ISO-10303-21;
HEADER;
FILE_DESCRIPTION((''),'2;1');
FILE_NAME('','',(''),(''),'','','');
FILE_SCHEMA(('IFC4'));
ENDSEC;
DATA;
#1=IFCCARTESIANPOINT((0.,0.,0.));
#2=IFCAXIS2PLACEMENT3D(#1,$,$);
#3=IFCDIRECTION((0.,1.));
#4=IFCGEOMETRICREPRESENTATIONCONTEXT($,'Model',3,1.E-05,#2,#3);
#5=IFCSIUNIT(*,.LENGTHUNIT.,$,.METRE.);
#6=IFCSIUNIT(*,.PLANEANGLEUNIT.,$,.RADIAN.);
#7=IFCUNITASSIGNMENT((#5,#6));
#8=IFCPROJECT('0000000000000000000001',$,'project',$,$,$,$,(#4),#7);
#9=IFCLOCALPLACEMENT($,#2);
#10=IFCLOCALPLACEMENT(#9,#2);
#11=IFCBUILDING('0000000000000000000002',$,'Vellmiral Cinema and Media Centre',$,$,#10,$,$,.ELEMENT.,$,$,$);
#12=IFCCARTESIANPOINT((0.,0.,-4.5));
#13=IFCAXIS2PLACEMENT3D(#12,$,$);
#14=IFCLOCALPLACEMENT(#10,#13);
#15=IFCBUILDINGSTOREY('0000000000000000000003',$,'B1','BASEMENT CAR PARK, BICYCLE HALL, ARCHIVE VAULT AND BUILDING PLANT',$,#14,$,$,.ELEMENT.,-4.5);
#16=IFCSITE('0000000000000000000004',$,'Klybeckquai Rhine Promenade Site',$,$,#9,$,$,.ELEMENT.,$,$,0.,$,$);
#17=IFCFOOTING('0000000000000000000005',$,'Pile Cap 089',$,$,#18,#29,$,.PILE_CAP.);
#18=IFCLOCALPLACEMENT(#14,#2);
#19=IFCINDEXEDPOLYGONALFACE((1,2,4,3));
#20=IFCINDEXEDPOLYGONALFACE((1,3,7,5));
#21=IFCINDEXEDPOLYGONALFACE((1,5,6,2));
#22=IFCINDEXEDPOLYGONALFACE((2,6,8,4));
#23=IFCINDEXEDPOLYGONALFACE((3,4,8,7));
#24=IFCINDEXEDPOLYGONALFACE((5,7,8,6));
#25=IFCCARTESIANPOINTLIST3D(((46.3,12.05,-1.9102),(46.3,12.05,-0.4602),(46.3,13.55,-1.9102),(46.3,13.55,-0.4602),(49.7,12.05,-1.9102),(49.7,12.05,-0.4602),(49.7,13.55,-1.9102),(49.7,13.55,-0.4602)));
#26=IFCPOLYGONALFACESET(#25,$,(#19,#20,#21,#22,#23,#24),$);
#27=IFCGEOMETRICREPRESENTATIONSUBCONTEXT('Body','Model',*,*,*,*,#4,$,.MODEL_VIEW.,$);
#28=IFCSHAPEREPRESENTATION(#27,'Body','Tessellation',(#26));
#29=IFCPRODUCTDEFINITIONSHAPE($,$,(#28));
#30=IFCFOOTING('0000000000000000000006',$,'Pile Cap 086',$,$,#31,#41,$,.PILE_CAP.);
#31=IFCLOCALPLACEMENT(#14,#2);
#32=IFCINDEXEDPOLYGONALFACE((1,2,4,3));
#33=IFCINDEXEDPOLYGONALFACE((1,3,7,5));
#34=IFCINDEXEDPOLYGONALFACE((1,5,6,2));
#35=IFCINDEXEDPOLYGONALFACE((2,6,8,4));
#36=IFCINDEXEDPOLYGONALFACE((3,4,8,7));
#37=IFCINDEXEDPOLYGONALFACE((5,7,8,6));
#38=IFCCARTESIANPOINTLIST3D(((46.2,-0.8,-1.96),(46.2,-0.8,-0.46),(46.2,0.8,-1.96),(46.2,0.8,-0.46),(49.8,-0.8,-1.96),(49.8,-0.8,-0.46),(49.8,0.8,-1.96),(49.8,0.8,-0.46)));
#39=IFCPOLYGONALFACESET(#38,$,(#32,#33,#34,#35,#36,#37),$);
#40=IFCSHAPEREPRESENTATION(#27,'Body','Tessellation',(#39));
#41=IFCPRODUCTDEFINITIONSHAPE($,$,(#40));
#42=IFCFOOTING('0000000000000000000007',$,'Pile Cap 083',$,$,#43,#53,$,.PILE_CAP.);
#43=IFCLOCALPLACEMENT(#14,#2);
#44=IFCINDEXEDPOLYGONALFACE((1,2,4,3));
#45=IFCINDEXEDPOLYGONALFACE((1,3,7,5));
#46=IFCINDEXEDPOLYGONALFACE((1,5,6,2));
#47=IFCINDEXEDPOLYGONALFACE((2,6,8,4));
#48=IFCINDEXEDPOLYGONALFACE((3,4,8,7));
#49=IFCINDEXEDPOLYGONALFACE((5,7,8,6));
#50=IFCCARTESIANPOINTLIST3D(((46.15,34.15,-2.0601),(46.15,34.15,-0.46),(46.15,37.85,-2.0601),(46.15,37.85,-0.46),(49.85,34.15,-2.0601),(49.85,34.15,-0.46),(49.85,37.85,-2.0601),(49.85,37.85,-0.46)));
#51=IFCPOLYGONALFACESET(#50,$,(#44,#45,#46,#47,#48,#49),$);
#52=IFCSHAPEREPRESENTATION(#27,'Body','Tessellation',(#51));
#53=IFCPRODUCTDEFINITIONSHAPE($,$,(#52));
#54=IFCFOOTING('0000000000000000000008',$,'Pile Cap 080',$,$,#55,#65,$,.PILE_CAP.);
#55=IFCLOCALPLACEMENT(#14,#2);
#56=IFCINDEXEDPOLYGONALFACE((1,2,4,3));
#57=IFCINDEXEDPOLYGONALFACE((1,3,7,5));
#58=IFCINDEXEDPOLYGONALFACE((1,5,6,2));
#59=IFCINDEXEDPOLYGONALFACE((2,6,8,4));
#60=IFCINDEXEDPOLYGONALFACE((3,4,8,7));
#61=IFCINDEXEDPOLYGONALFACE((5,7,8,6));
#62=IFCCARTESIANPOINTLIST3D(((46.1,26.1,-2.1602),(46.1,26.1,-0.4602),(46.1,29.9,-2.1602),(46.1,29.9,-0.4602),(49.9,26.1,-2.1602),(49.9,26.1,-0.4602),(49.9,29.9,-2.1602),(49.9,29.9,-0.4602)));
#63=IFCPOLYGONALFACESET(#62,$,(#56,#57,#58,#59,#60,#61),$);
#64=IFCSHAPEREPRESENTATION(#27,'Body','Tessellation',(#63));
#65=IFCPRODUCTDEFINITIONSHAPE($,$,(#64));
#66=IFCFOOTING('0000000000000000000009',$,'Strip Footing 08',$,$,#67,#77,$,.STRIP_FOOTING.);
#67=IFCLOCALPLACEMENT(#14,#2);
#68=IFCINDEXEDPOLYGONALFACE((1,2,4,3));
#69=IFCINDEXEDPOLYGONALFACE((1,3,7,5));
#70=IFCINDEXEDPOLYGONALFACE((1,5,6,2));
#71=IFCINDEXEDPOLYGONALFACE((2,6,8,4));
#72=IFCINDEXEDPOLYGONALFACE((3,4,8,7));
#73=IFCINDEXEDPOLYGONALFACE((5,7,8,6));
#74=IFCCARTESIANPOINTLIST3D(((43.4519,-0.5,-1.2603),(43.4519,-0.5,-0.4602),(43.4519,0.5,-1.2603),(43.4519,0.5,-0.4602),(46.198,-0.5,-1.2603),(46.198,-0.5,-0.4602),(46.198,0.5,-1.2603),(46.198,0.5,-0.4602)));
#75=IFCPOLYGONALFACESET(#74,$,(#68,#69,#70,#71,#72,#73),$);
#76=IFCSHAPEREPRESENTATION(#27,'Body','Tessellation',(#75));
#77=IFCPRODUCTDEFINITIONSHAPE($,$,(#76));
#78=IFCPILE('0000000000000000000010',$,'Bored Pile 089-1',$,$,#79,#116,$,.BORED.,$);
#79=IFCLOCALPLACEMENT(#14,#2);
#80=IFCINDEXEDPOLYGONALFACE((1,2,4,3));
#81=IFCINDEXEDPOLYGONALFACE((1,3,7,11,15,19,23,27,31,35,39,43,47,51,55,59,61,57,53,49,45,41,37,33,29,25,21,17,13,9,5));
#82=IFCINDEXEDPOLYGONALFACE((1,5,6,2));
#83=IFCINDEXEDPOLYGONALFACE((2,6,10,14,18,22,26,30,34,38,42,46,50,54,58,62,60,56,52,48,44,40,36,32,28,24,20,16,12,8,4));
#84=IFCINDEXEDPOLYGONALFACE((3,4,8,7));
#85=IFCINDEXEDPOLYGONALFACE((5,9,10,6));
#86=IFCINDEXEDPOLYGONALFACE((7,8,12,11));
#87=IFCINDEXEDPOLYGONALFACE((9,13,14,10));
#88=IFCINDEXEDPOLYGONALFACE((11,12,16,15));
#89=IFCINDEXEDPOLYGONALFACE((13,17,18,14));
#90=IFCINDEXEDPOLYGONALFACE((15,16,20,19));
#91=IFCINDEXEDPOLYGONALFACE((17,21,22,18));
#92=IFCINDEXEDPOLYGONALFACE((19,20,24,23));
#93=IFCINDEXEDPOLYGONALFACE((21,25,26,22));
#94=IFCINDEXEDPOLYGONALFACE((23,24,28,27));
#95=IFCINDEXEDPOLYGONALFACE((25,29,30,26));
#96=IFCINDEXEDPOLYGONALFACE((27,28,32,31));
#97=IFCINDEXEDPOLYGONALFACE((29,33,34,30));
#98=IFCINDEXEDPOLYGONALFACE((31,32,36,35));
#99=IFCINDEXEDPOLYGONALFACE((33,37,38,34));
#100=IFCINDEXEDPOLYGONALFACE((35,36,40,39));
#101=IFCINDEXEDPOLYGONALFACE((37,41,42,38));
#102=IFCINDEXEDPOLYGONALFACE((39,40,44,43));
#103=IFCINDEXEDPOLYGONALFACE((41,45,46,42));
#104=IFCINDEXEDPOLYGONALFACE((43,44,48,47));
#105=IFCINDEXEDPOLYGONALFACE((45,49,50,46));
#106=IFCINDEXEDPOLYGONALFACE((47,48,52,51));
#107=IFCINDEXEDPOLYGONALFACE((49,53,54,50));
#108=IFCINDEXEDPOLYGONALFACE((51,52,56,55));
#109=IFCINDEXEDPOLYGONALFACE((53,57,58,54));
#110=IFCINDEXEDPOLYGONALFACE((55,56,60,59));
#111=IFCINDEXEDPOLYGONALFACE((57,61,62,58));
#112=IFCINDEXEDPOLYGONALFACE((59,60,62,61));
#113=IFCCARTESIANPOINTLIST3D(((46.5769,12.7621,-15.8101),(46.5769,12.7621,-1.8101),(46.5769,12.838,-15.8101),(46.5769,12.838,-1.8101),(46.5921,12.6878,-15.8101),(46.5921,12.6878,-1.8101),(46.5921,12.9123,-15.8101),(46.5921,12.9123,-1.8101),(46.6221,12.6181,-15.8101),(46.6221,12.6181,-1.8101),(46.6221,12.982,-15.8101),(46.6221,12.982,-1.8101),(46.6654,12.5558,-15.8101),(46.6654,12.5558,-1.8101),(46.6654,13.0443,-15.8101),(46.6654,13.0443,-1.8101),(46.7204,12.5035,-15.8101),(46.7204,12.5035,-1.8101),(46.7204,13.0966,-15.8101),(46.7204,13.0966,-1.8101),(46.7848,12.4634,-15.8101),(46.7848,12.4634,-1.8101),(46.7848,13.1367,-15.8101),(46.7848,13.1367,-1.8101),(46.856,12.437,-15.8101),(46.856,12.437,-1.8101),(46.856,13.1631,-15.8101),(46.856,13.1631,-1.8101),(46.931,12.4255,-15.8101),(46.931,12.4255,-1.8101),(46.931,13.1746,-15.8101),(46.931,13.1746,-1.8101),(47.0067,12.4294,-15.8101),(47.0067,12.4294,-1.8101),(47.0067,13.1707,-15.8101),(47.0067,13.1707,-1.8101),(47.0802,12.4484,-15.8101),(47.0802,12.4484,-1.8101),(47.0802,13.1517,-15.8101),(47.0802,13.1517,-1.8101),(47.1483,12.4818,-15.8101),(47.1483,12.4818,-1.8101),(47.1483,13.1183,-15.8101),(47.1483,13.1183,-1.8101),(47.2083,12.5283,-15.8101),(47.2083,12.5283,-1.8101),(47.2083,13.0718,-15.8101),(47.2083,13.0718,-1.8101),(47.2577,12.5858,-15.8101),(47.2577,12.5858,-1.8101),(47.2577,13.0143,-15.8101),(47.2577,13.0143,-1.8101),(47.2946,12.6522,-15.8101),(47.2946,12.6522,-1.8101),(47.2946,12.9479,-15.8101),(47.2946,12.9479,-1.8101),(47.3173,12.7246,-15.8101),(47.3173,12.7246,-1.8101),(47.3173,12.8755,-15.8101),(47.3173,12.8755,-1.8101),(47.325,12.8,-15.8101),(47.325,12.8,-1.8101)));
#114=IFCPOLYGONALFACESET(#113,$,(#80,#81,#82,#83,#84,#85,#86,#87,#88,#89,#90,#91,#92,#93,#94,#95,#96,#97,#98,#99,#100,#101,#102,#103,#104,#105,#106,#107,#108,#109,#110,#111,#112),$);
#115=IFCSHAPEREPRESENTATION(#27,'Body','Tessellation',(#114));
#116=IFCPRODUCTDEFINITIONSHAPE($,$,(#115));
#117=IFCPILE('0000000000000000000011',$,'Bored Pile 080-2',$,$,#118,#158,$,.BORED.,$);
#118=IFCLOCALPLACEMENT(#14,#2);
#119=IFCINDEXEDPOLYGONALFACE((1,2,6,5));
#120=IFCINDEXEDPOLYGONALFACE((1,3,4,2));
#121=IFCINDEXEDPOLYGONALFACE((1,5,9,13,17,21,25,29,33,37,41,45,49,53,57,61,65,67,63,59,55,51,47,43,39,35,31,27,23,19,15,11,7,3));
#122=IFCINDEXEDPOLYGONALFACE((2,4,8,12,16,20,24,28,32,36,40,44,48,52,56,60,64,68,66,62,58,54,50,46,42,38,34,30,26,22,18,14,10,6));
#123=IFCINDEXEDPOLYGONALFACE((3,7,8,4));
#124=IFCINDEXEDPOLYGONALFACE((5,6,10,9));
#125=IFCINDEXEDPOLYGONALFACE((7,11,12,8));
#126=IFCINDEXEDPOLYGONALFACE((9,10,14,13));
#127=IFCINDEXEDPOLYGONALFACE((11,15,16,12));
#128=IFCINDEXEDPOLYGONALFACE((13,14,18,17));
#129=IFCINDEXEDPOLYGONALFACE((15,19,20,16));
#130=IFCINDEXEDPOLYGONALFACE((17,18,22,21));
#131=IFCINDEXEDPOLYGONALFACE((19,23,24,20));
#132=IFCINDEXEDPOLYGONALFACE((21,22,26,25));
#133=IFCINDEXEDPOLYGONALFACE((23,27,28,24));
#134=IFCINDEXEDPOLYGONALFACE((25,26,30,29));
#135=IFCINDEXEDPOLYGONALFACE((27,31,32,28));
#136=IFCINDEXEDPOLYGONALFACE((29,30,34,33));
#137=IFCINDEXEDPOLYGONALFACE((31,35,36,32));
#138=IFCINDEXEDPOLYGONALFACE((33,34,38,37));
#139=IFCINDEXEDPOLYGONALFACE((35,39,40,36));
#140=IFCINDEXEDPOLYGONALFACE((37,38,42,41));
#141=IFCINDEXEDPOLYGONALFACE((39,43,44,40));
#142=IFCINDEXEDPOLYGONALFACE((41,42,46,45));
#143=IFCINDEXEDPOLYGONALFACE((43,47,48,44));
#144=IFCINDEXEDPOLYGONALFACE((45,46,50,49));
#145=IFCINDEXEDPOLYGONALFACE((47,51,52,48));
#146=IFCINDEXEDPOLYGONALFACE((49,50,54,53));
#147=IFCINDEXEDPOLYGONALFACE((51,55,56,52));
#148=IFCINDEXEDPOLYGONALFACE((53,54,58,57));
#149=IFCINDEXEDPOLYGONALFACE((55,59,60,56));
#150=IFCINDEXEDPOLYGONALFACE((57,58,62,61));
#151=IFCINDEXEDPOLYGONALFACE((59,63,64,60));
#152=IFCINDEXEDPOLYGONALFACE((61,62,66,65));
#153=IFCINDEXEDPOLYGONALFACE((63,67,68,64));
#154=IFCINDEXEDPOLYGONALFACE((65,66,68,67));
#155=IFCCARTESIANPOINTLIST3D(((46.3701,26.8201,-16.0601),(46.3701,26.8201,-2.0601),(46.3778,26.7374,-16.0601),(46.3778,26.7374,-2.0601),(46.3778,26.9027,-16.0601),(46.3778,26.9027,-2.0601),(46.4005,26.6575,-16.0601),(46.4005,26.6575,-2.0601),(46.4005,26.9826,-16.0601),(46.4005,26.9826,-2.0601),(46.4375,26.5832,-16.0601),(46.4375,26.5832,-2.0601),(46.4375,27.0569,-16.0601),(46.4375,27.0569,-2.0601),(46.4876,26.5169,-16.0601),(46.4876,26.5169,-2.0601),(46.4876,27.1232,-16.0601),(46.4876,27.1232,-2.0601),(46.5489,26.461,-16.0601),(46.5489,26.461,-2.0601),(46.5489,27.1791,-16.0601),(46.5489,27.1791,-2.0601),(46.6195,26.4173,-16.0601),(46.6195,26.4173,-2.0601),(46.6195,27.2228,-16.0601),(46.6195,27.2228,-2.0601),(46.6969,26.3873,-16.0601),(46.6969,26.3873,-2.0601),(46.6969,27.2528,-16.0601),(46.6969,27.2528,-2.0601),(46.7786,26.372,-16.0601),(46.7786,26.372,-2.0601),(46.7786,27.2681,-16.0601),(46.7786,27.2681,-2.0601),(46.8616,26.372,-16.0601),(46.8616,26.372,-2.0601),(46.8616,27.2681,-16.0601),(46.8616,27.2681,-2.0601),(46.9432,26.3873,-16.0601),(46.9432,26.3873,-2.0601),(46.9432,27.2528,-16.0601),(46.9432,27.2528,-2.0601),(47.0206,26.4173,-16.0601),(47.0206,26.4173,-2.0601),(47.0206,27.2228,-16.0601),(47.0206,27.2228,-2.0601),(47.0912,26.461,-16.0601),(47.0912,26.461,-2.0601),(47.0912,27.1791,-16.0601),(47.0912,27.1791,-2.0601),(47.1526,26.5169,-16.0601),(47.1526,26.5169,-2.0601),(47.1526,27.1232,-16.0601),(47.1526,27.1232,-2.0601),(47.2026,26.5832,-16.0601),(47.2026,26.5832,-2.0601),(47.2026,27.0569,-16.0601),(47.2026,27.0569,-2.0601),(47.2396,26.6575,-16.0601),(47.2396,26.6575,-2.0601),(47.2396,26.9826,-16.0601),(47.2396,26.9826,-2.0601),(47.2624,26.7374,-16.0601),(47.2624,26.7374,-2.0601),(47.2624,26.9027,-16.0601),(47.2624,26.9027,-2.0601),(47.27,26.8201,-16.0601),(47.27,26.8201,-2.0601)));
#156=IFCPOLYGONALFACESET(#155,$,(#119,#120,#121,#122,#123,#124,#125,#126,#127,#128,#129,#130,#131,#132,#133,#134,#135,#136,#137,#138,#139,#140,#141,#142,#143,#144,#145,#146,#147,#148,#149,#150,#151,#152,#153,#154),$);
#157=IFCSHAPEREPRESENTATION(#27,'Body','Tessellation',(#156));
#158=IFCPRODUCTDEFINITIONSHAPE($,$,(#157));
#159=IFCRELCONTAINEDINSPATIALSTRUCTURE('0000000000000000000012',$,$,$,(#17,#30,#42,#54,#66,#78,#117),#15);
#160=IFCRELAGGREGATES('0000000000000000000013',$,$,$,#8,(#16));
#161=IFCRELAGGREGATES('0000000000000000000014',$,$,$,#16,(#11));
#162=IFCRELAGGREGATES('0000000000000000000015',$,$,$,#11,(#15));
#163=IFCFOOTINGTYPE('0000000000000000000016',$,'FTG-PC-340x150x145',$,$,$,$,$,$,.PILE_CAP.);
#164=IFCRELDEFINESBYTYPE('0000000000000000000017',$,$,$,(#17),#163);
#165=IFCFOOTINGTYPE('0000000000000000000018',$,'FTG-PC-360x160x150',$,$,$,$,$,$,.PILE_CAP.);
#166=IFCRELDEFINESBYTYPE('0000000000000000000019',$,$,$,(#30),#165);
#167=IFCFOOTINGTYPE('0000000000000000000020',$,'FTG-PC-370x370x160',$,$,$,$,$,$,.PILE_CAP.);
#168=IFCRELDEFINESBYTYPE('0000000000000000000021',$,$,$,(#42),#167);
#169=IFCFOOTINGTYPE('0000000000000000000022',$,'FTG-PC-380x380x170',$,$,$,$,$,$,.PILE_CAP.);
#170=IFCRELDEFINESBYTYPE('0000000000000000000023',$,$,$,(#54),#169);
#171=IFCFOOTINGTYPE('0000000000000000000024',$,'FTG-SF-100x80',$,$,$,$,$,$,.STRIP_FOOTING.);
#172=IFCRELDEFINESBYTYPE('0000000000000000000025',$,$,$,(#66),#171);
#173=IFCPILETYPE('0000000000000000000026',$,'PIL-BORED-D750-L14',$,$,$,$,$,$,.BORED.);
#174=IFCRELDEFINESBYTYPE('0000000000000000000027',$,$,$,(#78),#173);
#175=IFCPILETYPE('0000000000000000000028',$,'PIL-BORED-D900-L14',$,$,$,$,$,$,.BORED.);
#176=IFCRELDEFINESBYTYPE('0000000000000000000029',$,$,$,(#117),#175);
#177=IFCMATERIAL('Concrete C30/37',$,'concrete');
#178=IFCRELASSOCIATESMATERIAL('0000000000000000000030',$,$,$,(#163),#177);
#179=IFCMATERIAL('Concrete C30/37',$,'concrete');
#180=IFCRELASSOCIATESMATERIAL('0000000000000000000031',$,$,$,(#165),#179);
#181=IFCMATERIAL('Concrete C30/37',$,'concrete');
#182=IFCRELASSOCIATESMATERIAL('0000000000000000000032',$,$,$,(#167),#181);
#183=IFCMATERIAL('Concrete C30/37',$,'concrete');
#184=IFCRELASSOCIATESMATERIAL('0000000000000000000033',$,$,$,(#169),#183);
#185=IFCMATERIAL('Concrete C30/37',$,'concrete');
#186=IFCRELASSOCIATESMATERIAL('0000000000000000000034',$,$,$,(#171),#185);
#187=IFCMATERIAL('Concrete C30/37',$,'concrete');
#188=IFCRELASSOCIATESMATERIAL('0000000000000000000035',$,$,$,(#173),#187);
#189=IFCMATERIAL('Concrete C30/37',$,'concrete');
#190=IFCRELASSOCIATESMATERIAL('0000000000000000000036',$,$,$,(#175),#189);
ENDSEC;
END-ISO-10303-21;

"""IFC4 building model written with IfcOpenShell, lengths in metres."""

from ifc_helpers import new_model, si_unit, direction, frame, origin, origin_2d, place, context, subcontext, project, spatial, rectangle, circle, extrude, material, material_profile, profile_set, type_object, element, save


model = new_model("IFC4")

# Units and contexts
model_context = context("Model", 3, precision=1e-05, world=origin(), true_north=direction((0.0, 1.0)))
body_context = subcontext(model_context, "Body", "Model", "MODEL_VIEW")
ifc_project = project(units=[si_unit("LENGTHUNIT", "METRE"), si_unit("PLANEANGLEUNIT", "RADIAN")], contexts=[model_context])

# Site, building, storey
site_placement = place(None, origin())
site = spatial("IfcSite", under=ifc_project, at=site_placement, Name="Klybeckquai Rhine Promenade Site", CompositionType="ELEMENT", RefElevation=0.0)
building_placement = place(site_placement, origin())
building = spatial("IfcBuilding", under=site, at=building_placement, Name="Vellmiral Cinema and Media Centre", CompositionType="ELEMENT")
storey_placement = place(building_placement, frame((0.0, 0.0, -4.5)))
storey = spatial("IfcBuildingStorey", under=building, at=storey_placement, Name="B1", Description="BASEMENT CAR PARK, BICYCLE HALL, ARCHIVE VAULT AND BUILDING PLANT", CompositionType="ELEMENT", Elevation=-4.5)

# Footings
ifc_material_1 = material(Name="Concrete C30/37", Category="concrete")
footing_type_1 = type_object("IfcFootingType", Name="FTG-PC-340x150x145", PredefinedType="PILE_CAP", material=ifc_material_1)
footing_1_placement = place(storey_placement, frame((48.0, 12.8, -1.9102), z_axis=(0.0, 0.0, 1.0), x_axis=(1.0, 0.0, 0.0)))
element("IfcFooting", 1, at=footing_1_placement, inside=storey, type_object=footing_type_1, Name="Pile Cap 089", PredefinedType="PILE_CAP", context=body_context, shape_type="SweptSolid", body=[
    extrude(rectangle(XDim=3.3999, YDim=1.5, at=origin_2d()), origin(), (0.0, 0.0, 1.0), 1.45),
])
ifc_material_2 = material(Name="Concrete C30/37", Category="concrete")
footing_type_2 = type_object("IfcFootingType", Name="FTG-PC-360x160x150", PredefinedType="PILE_CAP", material=ifc_material_2)
footing_2_placement = place(storey_placement, frame((48.0, 0.0, -1.96), z_axis=(0.0, 0.0, 1.0), x_axis=(1.0, 0.0, 0.0)))
element("IfcFooting", 2, at=footing_2_placement, inside=storey, type_object=footing_type_2, Name="Pile Cap 086", PredefinedType="PILE_CAP", context=body_context, shape_type="SweptSolid", body=[
    extrude(rectangle(XDim=3.6001, YDim=1.6001, at=origin_2d()), origin(), (0.0, 0.0, 1.0), 1.5),
])
ifc_material_3 = material(Name="Concrete C30/37", Category="concrete")
footing_type_3 = type_object("IfcFootingType", Name="FTG-PC-370x370x160", PredefinedType="PILE_CAP", material=ifc_material_3)
footing_3_placement = place(storey_placement, frame((48.0, 36.0, -2.0601), z_axis=(0.0, 0.0, 1.0), x_axis=(1.0, 0.0, 0.0)))
element("IfcFooting", 3, at=footing_3_placement, inside=storey, type_object=footing_type_3, Name="Pile Cap 083", PredefinedType="PILE_CAP", context=body_context, shape_type="SweptSolid", body=[
    extrude(rectangle(XDim=3.7, YDim=3.7, at=origin_2d()), origin(), (0.0, 0.0, 1.0), 1.6001),
])
ifc_material_4 = material(Name="Concrete C30/37", Category="concrete")
footing_type_4 = type_object("IfcFootingType", Name="FTG-PC-380x380x170", PredefinedType="PILE_CAP", material=ifc_material_4)
footing_4_placement = place(storey_placement, frame((48.0, 28.0, -2.1602), z_axis=(0.0, 0.0, 1.0), x_axis=(1.0, 0.0, 0.0)))
element("IfcFooting", 4, at=footing_4_placement, inside=storey, type_object=footing_type_4, Name="Pile Cap 080", PredefinedType="PILE_CAP", context=body_context, shape_type="SweptSolid", body=[
    extrude(rectangle(XDim=3.8, YDim=3.8, at=origin_2d()), origin(), (0.0, 0.0, 1.0), 1.7),
])
ifc_material_5 = material(Name="Concrete C30/37", Category="concrete")
footing_type_5 = type_object("IfcFootingType", Name="FTG-SF-100x80", PredefinedType="STRIP_FOOTING", material=ifc_material_5)
footing_5_placement = place(storey_placement, frame((44.825, 0.0, -1.2603), z_axis=(0.0, 0.0, 1.0), x_axis=(1.0, 0.0, 0.0)))
element("IfcFooting", 5, at=footing_5_placement, inside=storey, type_object=footing_type_5, Name="Strip Footing 08", PredefinedType="STRIP_FOOTING", context=body_context, shape_type="SweptSolid", body=[
    extrude(rectangle(XDim=2.7461, YDim=1.0, at=origin_2d()), origin(), (0.0, 0.0, 1.0), 0.8),
])

# Piles
ifc_material_6 = material(Name="Concrete C30/37", Category="concrete")
ifc_material_profile_1 = material_profile(ifc_material_6, circle(Radius=0.375, at=origin_2d()), Name="PILE D750")
ifc_profile_set_1 = profile_set([ifc_material_profile_1], Name="Concrete C30/37")
pile_type_1 = type_object("IfcPileType", Name="PIL-BORED-D750-L14", PredefinedType="BORED", material=ifc_profile_set_1)
pile_1_placement = place(storey_placement, frame((46.95, 12.8, -1.8101), z_axis=(0.0, 0.0, -1.0), x_axis=(1.0, 0.0, 0.0)))
element("IfcPile", 6, at=pile_1_placement, inside=storey, type_object=pile_type_1, Name="Bored Pile 089-1", PredefinedType="BORED", context=body_context, shape_type="SweptSolid", body=[
    extrude(circle(Radius=0.375, at=origin_2d()), origin(), (0.0, 0.0, 1.0), 14.0),
])
ifc_material_7 = material(Name="Concrete C30/37", Category="concrete")
ifc_material_profile_2 = material_profile(ifc_material_7, circle(Radius=0.45, at=origin_2d()), Name="PILE D900")
ifc_profile_set_2 = profile_set([ifc_material_profile_2], Name="Concrete C30/37")
pile_type_2 = type_object("IfcPileType", Name="PIL-BORED-D900-L14", PredefinedType="BORED", material=ifc_profile_set_2)
pile_2_placement = place(storey_placement, frame((46.8201, 26.8201, -2.0601), z_axis=(0.0, 0.0, -1.0), x_axis=(1.0, 0.0, 0.0)))
element("IfcPile", 7, at=pile_2_placement, inside=storey, type_object=pile_type_2, Name="Bored Pile 080-2", PredefinedType="BORED", context=body_context, shape_type="SweptSolid", body=[
    extrude(circle(Radius=0.45, at=origin_2d()), origin(), (0.0, 0.0, 1.0), 14.0),
])

save(model, "model.ifc")
